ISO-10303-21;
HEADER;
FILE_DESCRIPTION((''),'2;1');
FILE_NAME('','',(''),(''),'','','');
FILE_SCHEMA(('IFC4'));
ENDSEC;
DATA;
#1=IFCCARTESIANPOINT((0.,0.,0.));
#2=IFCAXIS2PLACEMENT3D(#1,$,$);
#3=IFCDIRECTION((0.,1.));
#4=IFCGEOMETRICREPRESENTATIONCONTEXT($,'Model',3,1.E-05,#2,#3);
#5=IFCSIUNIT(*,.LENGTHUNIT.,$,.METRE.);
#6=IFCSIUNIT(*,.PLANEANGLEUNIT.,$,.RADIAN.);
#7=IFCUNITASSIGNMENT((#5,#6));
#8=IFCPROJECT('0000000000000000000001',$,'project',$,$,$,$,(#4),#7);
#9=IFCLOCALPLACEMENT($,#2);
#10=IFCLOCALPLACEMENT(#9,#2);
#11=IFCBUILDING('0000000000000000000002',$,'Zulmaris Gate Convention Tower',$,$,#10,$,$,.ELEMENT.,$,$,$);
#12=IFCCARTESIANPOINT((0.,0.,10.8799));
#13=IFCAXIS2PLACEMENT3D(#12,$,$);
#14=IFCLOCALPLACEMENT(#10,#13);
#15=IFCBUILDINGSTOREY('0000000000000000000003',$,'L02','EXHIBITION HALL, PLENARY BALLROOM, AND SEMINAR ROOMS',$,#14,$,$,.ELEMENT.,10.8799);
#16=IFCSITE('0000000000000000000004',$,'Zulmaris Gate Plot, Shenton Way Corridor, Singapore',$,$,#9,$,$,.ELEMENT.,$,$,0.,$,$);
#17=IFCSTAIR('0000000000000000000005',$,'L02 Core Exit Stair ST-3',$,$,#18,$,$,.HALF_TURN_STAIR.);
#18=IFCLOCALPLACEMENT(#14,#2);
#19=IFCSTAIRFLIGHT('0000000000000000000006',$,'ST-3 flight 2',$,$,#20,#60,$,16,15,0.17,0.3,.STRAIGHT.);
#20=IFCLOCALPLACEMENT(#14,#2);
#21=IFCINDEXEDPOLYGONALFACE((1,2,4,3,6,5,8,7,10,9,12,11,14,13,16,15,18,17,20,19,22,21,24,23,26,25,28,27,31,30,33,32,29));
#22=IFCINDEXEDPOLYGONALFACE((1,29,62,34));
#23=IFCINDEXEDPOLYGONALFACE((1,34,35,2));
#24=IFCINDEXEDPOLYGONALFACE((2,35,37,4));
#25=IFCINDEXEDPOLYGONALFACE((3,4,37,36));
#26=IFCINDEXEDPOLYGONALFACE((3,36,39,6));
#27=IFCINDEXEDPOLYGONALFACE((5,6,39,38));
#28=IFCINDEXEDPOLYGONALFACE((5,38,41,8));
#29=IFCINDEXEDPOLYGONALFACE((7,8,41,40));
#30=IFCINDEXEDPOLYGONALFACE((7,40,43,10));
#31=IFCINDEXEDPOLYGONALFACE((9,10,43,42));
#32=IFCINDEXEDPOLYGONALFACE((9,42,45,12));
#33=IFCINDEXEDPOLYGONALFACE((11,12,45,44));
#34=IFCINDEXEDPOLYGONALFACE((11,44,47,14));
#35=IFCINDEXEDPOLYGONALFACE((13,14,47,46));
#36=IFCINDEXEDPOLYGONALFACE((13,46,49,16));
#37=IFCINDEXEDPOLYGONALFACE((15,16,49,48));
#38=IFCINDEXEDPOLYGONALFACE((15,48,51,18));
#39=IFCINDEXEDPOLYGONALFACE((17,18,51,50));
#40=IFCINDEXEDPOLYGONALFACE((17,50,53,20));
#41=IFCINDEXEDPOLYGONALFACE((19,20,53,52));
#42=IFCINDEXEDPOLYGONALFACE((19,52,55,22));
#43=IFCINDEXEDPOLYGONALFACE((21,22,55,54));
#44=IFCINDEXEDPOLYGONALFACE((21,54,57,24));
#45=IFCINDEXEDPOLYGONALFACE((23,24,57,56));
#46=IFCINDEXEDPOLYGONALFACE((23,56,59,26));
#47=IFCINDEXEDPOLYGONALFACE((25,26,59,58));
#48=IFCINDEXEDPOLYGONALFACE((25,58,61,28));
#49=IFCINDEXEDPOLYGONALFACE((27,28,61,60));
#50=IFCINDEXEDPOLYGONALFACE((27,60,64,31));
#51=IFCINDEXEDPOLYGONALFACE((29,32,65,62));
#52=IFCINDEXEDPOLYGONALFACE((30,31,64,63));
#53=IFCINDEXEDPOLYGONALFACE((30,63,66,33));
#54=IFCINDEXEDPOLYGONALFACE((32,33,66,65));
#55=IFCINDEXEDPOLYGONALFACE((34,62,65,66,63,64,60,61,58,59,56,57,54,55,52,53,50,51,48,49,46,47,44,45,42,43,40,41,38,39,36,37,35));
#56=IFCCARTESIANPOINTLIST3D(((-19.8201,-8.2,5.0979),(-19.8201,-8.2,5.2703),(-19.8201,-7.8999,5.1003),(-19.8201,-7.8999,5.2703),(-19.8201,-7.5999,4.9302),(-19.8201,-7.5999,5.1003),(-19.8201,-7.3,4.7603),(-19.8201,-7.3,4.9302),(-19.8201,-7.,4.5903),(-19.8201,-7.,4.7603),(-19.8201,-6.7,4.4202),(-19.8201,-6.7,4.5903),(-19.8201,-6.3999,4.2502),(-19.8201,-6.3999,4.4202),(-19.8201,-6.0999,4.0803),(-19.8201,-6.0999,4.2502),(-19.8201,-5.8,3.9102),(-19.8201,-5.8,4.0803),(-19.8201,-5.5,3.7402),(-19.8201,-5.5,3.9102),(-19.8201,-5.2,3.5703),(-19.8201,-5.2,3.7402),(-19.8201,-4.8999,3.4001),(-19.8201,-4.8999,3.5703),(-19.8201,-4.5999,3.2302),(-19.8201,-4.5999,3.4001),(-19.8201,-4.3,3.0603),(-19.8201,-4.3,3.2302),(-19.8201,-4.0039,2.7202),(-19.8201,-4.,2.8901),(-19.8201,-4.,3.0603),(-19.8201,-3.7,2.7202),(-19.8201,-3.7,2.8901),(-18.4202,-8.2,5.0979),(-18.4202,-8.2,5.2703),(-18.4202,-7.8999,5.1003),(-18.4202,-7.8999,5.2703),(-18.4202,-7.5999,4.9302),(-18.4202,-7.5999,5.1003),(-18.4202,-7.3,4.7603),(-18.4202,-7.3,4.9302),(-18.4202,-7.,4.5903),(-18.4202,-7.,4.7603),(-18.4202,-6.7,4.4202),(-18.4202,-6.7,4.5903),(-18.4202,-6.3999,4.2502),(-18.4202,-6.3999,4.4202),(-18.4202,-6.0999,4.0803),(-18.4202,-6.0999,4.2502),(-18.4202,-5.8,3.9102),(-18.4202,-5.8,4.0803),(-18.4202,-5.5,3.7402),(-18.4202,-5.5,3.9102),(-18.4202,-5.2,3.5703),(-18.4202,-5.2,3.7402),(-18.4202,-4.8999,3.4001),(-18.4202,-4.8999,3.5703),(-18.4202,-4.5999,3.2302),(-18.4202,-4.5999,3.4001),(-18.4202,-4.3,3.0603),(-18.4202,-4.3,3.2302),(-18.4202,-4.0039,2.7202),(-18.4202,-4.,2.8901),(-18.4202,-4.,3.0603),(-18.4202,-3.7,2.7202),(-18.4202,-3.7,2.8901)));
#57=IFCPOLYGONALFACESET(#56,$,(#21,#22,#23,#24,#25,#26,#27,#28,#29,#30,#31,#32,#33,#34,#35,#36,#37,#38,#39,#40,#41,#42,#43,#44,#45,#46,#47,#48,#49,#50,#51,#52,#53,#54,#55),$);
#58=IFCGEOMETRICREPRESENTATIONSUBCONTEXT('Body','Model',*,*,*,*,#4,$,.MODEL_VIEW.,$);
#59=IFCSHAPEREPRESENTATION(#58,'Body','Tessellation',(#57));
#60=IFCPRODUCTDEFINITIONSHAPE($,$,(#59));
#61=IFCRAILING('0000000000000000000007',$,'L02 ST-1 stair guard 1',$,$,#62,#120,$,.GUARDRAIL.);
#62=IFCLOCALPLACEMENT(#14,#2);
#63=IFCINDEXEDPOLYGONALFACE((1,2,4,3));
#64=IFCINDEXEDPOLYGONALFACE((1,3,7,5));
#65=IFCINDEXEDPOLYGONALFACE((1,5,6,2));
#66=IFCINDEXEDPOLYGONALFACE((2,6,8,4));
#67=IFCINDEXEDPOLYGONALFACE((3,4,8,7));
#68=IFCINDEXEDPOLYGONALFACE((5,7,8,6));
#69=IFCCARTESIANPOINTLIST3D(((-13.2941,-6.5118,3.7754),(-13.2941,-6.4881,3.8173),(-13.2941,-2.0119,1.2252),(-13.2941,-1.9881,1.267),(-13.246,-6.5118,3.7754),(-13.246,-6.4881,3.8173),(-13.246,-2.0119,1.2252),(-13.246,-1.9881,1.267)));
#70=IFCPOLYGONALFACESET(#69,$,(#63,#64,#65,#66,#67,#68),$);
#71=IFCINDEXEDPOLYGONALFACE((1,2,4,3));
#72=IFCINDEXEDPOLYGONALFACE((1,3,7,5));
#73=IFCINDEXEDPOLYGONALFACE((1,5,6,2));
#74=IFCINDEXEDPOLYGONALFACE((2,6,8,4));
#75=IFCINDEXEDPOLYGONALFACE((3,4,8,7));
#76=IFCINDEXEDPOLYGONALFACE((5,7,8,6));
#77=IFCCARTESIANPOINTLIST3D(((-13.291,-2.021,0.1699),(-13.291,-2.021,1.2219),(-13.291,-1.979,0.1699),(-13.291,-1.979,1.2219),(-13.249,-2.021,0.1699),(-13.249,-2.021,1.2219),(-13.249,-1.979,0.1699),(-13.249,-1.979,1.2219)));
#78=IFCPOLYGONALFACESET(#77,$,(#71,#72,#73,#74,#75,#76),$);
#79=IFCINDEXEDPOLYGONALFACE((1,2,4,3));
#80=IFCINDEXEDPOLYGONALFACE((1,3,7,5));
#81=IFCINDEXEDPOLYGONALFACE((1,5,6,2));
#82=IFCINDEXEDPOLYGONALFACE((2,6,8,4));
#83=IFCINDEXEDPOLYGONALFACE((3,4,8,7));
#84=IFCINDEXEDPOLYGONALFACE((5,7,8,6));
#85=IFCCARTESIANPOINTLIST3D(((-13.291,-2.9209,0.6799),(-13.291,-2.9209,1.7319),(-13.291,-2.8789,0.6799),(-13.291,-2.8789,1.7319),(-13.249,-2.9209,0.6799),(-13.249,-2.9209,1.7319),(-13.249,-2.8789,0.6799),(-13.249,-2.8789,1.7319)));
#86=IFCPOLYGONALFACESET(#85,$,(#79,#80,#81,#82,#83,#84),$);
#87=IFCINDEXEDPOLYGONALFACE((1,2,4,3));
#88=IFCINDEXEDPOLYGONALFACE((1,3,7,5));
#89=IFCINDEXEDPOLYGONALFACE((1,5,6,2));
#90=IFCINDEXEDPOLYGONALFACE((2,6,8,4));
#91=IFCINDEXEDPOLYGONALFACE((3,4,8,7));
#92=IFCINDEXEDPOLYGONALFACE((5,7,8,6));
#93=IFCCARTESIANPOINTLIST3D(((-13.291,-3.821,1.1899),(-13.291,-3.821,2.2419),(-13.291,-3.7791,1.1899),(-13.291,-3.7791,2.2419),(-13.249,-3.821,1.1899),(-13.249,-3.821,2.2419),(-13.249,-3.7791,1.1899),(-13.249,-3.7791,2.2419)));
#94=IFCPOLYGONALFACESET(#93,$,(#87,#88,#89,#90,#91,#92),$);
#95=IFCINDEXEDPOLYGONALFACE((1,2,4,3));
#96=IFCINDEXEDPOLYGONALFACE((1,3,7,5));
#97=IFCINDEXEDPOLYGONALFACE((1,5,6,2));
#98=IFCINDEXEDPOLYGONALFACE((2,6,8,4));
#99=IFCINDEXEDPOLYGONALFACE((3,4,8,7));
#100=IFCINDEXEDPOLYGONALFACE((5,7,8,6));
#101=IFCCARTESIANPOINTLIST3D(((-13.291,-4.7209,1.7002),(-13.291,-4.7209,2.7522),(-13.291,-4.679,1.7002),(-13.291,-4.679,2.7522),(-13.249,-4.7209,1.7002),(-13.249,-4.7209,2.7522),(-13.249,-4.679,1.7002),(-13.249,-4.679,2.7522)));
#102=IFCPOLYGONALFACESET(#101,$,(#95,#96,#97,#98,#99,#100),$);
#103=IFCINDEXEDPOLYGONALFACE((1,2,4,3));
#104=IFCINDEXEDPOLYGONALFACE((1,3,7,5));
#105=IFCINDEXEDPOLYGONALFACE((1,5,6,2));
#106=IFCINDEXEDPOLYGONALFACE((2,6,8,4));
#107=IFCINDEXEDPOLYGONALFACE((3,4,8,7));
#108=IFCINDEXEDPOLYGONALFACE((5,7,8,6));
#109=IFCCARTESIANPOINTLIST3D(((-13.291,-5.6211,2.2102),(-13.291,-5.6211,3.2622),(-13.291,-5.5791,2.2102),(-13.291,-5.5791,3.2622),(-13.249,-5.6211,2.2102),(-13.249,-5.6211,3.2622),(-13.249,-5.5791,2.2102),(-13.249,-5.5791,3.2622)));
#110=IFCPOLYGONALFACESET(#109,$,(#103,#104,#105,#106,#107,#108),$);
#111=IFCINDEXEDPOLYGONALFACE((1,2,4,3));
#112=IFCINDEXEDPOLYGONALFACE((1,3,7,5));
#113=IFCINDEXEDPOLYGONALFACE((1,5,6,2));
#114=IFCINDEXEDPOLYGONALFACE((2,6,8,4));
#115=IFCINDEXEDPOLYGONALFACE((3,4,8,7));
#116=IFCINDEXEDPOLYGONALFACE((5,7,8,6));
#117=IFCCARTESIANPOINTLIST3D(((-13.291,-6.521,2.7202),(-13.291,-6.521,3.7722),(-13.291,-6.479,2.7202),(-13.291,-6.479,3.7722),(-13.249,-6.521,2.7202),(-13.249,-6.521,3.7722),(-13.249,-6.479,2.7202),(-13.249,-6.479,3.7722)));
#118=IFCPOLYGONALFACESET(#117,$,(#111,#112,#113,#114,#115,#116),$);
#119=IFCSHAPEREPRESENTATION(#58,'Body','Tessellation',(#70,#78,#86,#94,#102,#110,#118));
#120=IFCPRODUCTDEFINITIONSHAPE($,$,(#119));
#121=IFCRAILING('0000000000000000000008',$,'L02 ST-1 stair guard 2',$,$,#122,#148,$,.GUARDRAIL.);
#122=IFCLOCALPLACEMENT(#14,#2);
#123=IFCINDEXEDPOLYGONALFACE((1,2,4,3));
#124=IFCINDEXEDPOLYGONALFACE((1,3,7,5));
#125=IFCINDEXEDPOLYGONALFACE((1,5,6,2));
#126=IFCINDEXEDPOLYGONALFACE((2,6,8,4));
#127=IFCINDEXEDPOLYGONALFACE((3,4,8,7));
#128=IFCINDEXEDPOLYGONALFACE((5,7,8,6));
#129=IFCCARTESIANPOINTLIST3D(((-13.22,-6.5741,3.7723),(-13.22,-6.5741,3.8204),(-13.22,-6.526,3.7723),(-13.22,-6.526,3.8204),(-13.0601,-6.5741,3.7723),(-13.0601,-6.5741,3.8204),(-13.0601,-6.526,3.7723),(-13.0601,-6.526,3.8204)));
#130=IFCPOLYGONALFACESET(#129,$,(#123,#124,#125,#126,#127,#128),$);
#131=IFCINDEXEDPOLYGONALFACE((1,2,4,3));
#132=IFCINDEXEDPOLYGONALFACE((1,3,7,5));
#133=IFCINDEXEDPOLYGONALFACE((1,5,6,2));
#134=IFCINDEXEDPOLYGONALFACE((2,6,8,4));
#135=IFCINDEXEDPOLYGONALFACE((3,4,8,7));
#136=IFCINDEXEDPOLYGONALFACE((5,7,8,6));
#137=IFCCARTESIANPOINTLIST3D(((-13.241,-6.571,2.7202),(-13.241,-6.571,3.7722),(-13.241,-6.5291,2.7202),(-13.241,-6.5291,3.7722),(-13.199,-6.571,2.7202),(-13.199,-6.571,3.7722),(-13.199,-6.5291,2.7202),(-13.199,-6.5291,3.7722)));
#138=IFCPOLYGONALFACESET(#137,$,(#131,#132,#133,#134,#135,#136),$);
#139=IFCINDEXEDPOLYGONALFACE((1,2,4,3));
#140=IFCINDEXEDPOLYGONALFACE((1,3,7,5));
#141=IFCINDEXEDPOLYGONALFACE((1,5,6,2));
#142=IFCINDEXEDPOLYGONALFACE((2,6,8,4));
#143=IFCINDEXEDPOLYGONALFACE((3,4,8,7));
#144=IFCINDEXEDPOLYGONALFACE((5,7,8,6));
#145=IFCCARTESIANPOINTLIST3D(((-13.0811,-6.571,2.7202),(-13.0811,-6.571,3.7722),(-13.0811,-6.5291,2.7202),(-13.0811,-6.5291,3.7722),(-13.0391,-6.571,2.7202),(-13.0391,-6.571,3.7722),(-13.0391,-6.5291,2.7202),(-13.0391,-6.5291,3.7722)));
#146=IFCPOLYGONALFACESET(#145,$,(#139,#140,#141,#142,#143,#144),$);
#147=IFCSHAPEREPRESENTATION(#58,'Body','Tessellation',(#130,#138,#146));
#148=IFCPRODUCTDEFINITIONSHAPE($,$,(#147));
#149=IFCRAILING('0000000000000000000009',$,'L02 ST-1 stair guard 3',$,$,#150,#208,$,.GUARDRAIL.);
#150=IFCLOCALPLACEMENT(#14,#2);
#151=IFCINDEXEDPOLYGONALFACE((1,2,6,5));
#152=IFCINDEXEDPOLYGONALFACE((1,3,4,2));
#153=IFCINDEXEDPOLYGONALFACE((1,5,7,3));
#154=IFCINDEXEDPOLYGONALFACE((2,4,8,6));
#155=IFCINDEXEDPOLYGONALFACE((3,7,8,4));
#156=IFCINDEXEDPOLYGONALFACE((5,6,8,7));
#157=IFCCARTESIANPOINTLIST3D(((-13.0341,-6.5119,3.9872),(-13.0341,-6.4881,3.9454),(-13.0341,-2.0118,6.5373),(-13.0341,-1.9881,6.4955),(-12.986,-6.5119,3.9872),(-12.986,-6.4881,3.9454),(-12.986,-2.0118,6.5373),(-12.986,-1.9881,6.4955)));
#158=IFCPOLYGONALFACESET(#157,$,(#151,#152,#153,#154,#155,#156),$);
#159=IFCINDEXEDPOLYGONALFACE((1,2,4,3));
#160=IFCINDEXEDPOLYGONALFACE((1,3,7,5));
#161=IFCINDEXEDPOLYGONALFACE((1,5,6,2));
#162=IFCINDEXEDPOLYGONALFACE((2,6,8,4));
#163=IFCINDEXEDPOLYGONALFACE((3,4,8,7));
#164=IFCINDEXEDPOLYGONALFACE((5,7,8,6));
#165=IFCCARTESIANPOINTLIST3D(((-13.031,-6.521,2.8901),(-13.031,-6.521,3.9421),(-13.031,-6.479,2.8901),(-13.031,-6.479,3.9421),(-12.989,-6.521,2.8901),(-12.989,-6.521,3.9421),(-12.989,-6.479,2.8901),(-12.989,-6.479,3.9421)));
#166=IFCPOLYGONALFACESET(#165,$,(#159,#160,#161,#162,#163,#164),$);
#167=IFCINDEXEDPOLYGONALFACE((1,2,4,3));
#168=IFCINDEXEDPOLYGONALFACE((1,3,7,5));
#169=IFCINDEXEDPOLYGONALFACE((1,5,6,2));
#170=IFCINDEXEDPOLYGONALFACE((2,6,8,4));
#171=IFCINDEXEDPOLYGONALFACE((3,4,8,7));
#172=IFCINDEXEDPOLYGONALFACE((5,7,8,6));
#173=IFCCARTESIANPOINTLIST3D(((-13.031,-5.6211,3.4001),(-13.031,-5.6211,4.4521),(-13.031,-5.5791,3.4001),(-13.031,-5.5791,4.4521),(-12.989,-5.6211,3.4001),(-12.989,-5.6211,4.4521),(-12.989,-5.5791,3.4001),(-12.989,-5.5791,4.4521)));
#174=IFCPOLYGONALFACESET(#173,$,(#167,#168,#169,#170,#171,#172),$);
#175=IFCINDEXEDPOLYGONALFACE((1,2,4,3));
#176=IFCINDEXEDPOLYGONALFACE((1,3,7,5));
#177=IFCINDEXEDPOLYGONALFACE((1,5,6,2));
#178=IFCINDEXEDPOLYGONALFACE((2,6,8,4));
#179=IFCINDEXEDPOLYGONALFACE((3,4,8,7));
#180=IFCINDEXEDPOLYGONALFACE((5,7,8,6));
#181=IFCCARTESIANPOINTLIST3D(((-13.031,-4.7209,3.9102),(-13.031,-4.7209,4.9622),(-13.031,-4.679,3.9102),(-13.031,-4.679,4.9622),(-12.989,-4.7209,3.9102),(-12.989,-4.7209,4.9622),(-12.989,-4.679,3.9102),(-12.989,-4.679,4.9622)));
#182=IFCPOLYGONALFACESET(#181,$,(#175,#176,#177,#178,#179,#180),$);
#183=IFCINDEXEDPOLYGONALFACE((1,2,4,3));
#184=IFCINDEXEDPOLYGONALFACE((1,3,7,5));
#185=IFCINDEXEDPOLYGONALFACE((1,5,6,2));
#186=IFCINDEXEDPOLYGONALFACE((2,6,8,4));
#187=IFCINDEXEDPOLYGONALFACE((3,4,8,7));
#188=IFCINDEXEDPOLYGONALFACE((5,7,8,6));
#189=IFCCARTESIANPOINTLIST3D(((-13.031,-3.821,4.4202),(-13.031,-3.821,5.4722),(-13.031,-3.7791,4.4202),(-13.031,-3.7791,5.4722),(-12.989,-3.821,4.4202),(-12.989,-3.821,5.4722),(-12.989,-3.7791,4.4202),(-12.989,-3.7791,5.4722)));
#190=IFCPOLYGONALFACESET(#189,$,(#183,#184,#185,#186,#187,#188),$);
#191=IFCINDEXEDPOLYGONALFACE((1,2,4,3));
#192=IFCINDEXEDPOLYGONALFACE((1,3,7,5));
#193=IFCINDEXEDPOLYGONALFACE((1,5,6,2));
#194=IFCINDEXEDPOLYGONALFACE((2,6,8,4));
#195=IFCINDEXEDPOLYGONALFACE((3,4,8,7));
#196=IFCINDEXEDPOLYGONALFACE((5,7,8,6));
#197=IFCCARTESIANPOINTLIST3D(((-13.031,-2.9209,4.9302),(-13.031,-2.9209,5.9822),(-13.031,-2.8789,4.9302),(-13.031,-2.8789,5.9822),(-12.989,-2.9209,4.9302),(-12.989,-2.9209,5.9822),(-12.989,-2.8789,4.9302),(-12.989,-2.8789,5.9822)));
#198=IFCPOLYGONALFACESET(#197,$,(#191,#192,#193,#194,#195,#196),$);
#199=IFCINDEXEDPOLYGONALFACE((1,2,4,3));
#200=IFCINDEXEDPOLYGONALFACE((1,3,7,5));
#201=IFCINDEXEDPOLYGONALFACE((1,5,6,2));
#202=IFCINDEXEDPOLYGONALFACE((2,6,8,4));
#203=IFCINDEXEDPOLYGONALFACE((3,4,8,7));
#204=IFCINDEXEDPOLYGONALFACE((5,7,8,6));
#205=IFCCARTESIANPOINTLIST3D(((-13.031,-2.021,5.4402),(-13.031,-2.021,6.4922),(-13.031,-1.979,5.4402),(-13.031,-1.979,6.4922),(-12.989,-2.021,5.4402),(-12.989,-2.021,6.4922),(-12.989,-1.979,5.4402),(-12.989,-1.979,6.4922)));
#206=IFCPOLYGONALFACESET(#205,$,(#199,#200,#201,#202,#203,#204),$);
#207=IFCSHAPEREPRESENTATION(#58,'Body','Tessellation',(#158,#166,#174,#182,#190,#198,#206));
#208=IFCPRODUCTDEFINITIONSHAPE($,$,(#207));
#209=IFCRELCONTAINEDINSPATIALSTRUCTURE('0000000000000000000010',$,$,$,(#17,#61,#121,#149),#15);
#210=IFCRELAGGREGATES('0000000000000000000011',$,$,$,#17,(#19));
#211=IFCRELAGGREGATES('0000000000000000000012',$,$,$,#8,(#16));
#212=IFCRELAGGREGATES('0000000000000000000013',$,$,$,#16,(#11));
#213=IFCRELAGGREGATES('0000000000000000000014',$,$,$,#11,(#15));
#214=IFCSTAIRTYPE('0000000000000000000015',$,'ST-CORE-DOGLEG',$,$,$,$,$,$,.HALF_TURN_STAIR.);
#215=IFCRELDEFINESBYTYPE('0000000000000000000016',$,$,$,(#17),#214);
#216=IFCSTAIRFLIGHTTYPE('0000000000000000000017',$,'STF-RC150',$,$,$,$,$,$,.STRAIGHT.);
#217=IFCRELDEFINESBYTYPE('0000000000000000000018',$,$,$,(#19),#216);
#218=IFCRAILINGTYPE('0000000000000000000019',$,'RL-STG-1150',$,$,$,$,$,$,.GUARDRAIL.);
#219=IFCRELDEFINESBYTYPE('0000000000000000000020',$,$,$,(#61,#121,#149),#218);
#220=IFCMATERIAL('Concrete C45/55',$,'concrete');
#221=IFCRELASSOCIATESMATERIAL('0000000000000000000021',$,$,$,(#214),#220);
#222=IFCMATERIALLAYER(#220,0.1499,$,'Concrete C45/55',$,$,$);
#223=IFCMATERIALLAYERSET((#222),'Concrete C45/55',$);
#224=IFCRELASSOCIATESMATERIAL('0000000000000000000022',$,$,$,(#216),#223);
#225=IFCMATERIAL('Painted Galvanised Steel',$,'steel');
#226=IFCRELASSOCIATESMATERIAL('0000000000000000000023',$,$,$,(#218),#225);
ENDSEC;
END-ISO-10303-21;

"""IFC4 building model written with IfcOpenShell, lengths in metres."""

from ifc_helpers import new_model, si_unit, direction, frame, origin, origin_2d, place, context, subcontext, project, spatial, polyline, rectangle, outline, extrude, material, layer, layer_set, type_object, element, aggregate, save


model = new_model("IFC4")

# Units and contexts
model_context = context("Model", 3, precision=1e-05, world=origin(), true_north=direction((0.0, 1.0)))
body_context = subcontext(model_context, "Body", "Model", "MODEL_VIEW")
ifc_project = project(units=[si_unit("LENGTHUNIT", "METRE"), si_unit("PLANEANGLEUNIT", "RADIAN")], contexts=[model_context])

# Site, building, storey
site_placement = place(None, origin())
site = spatial("IfcSite", under=ifc_project, at=site_placement, Name="Zulmaris Gate Plot, Shenton Way Corridor, Singapore", CompositionType="ELEMENT", RefElevation=0.0)
building_placement = place(site_placement, origin())
building = spatial("IfcBuilding", under=site, at=building_placement, Name="Zulmaris Gate Convention Tower", CompositionType="ELEMENT")
storey_placement = place(building_placement, frame((0.0, 0.0, 10.8799)))
storey = spatial("IfcBuildingStorey", under=building, at=storey_placement, Name="L02", Description="EXHIBITION HALL, PLENARY BALLROOM, AND SEMINAR ROOMS", CompositionType="ELEMENT", Elevation=10.8799)

# Stair, stair flight
ifc_material_1 = material(Name="Concrete C45/55", Category="concrete")
stair_type = type_object("IfcStairType", Name="ST-CORE-DOGLEG", PredefinedType="HALF_TURN_STAIR", material=ifc_material_1)
ifc_layer_1 = layer(ifc_material_1, 0.1499, Name="Concrete C45/55")
ifc_layer_set_1 = layer_set([ifc_layer_1], Name="Concrete C45/55")
stair_flight_type = type_object("IfcStairFlightType", Name="STF-RC150", PredefinedType="STRAIGHT", material=ifc_layer_set_1)
stair_1_placement = place(storey_placement, origin())
stair_1 = element("IfcStair", 1, at=stair_1_placement, inside=storey, type_object=stair_type, Name="L02 Core Exit Stair ST-3", PredefinedType="HALF_TURN_STAIR")
stair_flight_1_placement = place(storey_placement, frame((-19.1201, -3.7, 2.7202), z_axis=(0.0, 0.0, 1.0), x_axis=(0.0, -1.0, 0.0)))
stair_flight_1 = element("IfcStairFlight", 2, at=stair_flight_1_placement, type_object=stair_flight_type, Name="ST-3 flight 2", NumberOfRisers=16, NumberOfTreads=15, PredefinedType="STRAIGHT", RiserHeight=0.17, TreadLength=0.3, context=body_context, shape_type="SweptSolid", body=[
    extrude(outline(polyline([(0.0, 0.0), (0.0, 0.1699), (0.3, 0.1699), (0.3, 0.3401), (0.6001, 0.3401), (0.6001, 0.51), (0.8999, 0.51), (0.8999, 0.6799), (1.2, 0.6799), (1.2, 0.8501), (1.5, 0.8501), (1.5, 1.02), (1.8, 1.02), (1.8, 1.1899), (2.1001, 1.1899), (2.1001, 1.3601), (2.3999, 1.3601), (2.3999, 1.53), (2.7, 1.53), (2.7, 1.7), (3.0, 1.7), (3.0, 1.8701), (3.3, 1.8701), (3.3, 2.04), (3.6001, 2.04), (3.6001, 2.21), (3.8999, 2.21), (3.8999, 2.3801), (4.2, 2.3801), (4.2, 2.55), (4.5, 2.55), (4.5, 2.7202), (4.5, 2.3777), (0.304, 0.0), (0.0, 0.0)])), frame((0.0, 0.7, 0.0), z_axis=(0.0, -1.0, 0.0), x_axis=(1.0, 0.0, 0.0)), (0.0, 0.0, 1.0), 1.3999),
])
aggregate(stair_1, [stair_flight_1])

# Railings
ifc_material_2 = material(Name="Painted Galvanised Steel", Category="steel")
railing_type_1 = type_object("IfcRailingType", Name="RL-STG-1150", PredefinedType="GUARDRAIL", material=ifc_material_2)
railing_1_placement = place(storey_placement, frame((-13.27, -2.0, 0.1699)))
element("IfcRailing", 3, at=railing_1_placement, inside=storey, type_object=railing_type_1, Name="L02 ST-1 stair guard 1", PredefinedType="GUARDRAIL", context=body_context, shape_type="SweptSolid", body=[
    extrude(rectangle(XDim=0.0481, YDim=0.0481, at=origin_2d()), frame((0.0, 0.0, 1.0762), z_axis=(0.0, -0.869998, 0.493055), x_axis=(1.0, 0.0, 0.0)), (0.0, 0.0, 1.0), 5.1724),
    extrude(rectangle(XDim=0.042, YDim=0.042, at=origin_2d()), origin(), (0.0, 0.0, 1.0), 1.052),
    extrude(rectangle(XDim=0.042, YDim=0.042, at=origin_2d()), frame((0.0, -0.8999, 0.51)), (0.0, 0.0, 1.0), 1.052),
    extrude(rectangle(XDim=0.042, YDim=0.042, at=origin_2d()), frame((0.0, -1.8, 1.02)), (0.0, 0.0, 1.0), 1.052),
    extrude(rectangle(XDim=0.042, YDim=0.042, at=origin_2d()), frame((0.0, -2.7, 1.5303)), (0.0, 0.0, 1.0), 1.052),
    extrude(rectangle(XDim=0.042, YDim=0.042, at=origin_2d()), frame((0.0, -3.6001, 2.0403)), (0.0, 0.0, 1.0), 1.052),
    extrude(rectangle(XDim=0.042, YDim=0.042, at=origin_2d()), frame((0.0, -4.5, 2.5503)), (0.0, 0.0, 1.0), 1.052),
])
railing_2_placement = place(storey_placement, frame((-13.22, -6.55, 2.7202)))
element("IfcRailing", 4, at=railing_2_placement, inside=storey, type_object=railing_type_1, Name="L02 ST-1 stair guard 2", PredefinedType="GUARDRAIL", context=body_context, shape_type="SweptSolid", body=[
    extrude(rectangle(XDim=0.0481, YDim=0.0481, at=origin_2d()), frame((0.0, 0.0, 1.0762), z_axis=(1.0, 0.0, 0.0), x_axis=(0.0, 1.0, 0.0)), (0.0, 0.0, 1.0), 0.1599),
    extrude(rectangle(XDim=0.042, YDim=0.042, at=origin_2d()), origin(), (0.0, 0.0, 1.0), 1.052),
    extrude(rectangle(XDim=0.042, YDim=0.042, at=origin_2d()), frame((0.1599, 0.0, 0.0)), (0.0, 0.0, 1.0), 1.052),
])
railing_3_placement = place(storey_placement, frame((-13.01, -6.5, 2.8901)))
element("IfcRailing", 5, at=railing_3_placement, inside=storey, type_object=railing_type_1, Name="L02 ST-1 stair guard 3", PredefinedType="GUARDRAIL", context=body_context, shape_type="SweptSolid", body=[
    extrude(rectangle(XDim=0.0481, YDim=0.0481, at=origin_2d()), frame((0.0, 0.0, 1.0762), z_axis=(0.0, 0.870018, 0.49302), x_axis=(-1.0, 0.0, 0.0)), (0.0, 0.0, 1.0), 5.1724),
    extrude(rectangle(XDim=0.042, YDim=0.042, at=origin_2d()), origin(), (0.0, 0.0, 1.0), 1.052),
    extrude(rectangle(XDim=0.042, YDim=0.042, at=origin_2d()), frame((0.0, 0.8999, 0.51)), (0.0, 0.0, 1.0), 1.052),
    extrude(rectangle(XDim=0.042, YDim=0.042, at=origin_2d()), frame((0.0, 1.8, 1.02)), (0.0, 0.0, 1.0), 1.052),
    extrude(rectangle(XDim=0.042, YDim=0.042, at=origin_2d()), frame((0.0, 2.7, 1.53)), (0.0, 0.0, 1.0), 1.052),
    extrude(rectangle(XDim=0.042, YDim=0.042, at=origin_2d()), frame((0.0, 3.6001, 2.04)), (0.0, 0.0, 1.0), 1.052),
    extrude(rectangle(XDim=0.042, YDim=0.042, at=origin_2d()), frame((0.0, 4.5, 2.55)), (0.0, 0.0, 1.0), 1.052),
])

save(model, "model.ifc")
